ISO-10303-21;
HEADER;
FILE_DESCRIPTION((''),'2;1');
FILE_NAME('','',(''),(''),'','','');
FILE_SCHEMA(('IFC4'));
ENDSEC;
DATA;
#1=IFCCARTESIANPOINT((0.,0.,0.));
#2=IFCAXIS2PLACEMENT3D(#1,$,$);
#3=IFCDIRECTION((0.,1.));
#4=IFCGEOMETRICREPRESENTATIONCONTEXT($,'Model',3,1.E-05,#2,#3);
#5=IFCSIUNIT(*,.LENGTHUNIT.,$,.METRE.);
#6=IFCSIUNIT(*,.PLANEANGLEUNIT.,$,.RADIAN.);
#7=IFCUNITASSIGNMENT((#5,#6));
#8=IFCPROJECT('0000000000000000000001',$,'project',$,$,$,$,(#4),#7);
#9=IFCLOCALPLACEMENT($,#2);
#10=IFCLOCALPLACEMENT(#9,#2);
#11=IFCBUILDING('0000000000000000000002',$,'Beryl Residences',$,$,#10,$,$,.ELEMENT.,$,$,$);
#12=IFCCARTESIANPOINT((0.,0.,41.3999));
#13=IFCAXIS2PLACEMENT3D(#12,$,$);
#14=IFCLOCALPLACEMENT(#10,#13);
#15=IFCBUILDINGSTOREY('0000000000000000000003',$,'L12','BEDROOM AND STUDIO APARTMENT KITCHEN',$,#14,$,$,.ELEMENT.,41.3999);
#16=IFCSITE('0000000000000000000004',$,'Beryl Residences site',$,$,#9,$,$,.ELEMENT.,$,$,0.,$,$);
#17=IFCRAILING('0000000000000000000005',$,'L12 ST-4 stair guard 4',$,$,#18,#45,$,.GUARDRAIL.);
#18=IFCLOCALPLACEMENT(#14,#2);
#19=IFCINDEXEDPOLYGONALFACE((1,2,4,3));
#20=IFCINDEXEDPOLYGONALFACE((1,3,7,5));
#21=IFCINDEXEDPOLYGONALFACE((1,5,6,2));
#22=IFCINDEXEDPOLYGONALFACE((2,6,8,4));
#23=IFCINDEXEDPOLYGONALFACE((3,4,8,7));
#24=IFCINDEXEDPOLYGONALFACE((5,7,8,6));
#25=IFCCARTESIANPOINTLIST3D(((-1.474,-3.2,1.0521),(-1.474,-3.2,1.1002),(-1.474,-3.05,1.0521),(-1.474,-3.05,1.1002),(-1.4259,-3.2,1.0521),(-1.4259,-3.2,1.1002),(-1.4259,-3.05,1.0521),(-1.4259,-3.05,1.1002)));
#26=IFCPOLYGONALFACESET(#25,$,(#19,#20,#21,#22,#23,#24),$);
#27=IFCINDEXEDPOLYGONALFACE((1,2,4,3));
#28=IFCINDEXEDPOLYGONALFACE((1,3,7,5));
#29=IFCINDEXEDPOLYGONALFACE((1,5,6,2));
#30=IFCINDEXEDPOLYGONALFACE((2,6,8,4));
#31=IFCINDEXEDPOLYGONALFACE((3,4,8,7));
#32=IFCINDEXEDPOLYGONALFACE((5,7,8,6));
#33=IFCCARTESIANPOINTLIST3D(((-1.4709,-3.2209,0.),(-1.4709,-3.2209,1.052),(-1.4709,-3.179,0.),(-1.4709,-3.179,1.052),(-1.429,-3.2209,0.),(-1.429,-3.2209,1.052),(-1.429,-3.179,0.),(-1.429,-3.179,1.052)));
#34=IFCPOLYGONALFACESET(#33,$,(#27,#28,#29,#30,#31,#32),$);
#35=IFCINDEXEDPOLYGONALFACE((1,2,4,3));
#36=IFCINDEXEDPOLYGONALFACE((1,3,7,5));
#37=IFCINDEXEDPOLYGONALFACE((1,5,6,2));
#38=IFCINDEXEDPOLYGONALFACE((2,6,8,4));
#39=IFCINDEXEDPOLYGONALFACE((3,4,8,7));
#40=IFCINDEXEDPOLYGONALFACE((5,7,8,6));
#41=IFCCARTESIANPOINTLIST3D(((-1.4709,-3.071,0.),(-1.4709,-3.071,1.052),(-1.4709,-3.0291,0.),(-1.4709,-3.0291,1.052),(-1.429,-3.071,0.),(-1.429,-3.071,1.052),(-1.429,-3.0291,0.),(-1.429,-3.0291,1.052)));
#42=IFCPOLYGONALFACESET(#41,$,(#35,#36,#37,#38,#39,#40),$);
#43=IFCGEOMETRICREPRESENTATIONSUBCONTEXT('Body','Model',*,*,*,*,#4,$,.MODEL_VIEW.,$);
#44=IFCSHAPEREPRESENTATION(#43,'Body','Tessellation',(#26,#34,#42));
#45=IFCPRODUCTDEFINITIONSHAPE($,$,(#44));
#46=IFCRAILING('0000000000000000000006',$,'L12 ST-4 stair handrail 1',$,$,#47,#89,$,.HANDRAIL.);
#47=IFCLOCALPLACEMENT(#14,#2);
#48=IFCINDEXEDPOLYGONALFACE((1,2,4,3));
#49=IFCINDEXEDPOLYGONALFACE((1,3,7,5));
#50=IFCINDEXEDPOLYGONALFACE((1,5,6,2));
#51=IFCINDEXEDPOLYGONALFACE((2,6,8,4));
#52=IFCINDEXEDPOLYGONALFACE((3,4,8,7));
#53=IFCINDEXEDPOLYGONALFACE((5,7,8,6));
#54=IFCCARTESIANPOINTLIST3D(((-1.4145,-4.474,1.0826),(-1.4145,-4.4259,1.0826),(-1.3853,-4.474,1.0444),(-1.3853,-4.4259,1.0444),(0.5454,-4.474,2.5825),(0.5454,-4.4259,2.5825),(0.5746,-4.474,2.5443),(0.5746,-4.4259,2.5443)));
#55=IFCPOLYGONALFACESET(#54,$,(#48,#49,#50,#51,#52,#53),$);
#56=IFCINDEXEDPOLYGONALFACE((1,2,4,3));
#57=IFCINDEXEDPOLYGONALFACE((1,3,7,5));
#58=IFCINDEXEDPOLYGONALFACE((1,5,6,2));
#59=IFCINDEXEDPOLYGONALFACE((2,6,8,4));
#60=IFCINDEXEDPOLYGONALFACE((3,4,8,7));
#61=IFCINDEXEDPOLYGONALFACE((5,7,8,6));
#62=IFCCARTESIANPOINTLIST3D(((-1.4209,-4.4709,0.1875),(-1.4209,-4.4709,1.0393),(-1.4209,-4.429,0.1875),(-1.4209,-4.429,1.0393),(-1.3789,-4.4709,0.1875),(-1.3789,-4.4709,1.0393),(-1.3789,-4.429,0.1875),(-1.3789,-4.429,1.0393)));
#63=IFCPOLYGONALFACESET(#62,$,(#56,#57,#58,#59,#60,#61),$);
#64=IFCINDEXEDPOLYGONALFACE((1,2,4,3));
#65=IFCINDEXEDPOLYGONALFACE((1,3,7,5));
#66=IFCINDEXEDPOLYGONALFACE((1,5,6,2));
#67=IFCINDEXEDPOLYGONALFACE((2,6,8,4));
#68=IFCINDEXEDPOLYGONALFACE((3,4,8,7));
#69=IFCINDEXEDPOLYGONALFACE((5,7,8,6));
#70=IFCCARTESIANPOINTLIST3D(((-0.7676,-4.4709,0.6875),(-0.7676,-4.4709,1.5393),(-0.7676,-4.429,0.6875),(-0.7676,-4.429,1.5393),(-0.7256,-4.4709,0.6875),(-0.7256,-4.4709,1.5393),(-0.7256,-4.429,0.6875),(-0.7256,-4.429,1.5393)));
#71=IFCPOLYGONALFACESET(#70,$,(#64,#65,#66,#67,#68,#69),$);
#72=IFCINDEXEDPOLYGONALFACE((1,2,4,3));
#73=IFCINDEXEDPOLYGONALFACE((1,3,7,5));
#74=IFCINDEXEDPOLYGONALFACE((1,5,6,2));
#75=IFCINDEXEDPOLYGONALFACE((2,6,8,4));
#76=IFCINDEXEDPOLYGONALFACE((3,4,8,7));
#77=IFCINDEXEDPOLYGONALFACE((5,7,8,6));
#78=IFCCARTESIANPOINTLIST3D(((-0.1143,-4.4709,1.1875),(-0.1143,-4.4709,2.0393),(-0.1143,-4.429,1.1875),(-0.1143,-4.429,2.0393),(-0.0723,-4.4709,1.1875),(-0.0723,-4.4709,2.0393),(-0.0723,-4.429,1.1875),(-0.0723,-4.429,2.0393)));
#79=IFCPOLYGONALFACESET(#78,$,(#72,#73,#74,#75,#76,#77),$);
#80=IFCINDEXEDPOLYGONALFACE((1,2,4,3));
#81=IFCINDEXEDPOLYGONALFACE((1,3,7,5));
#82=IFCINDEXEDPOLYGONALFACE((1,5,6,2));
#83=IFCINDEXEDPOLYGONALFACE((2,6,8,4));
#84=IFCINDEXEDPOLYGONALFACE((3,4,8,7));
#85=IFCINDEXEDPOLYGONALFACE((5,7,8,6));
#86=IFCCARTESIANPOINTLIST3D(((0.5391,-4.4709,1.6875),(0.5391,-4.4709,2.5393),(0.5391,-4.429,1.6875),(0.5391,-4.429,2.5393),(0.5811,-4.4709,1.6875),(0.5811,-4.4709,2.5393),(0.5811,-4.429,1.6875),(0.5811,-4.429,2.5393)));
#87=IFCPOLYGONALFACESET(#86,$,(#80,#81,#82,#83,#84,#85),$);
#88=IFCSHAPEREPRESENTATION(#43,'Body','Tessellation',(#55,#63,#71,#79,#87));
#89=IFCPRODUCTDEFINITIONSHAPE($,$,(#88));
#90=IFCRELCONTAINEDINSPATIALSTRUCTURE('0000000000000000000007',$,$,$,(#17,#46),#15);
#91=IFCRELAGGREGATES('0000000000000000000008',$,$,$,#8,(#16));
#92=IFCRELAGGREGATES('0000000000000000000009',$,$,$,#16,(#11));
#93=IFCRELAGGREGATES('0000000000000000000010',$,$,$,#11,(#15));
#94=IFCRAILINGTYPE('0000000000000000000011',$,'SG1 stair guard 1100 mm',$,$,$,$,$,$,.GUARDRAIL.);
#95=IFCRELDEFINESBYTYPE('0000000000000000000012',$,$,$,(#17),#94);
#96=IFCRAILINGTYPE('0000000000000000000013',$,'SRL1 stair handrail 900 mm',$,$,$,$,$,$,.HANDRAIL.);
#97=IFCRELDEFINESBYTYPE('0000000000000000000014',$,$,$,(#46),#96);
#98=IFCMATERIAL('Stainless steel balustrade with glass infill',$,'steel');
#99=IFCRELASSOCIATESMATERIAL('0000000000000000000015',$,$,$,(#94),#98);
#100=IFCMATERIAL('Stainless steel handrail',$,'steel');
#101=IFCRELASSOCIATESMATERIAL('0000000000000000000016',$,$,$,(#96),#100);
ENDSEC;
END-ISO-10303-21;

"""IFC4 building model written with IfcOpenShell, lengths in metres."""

from ifc_helpers import new_model, si_unit, direction, frame, origin, origin_2d, place, context, subcontext, project, spatial, rectangle, extrude, material, type_object, element, save


model = new_model("IFC4")

# Units and contexts
model_context = context("Model", 3, precision=1e-05, world=origin(), true_north=direction((0.0, 1.0)))
body_context = subcontext(model_context, "Body", "Model", "MODEL_VIEW")
ifc_project = project(units=[si_unit("LENGTHUNIT", "METRE"), si_unit("PLANEANGLEUNIT", "RADIAN")], contexts=[model_context])

# Site, building, storey
site_placement = place(None, origin())
site = spatial("IfcSite", under=ifc_project, at=site_placement, Name="Beryl Residences site", CompositionType="ELEMENT", RefElevation=0.0)
building_placement = place(site_placement, origin())
building = spatial("IfcBuilding", under=site, at=building_placement, Name="Beryl Residences", CompositionType="ELEMENT")
storey_placement = place(building_placement, frame((0.0, 0.0, 41.3999)))
storey = spatial("IfcBuildingStorey", under=building, at=storey_placement, Name="L12", Description="BEDROOM AND STUDIO APARTMENT KITCHEN", CompositionType="ELEMENT", Elevation=41.3999)

# Railings
ifc_material_1 = material(Name="Stainless steel balustrade with glass infill", Category="steel")
railing_type_1 = type_object("IfcRailingType", Name="SG1 stair guard 1100 mm", PredefinedType="GUARDRAIL", material=ifc_material_1)
railing_1_placement = place(storey_placement, frame((-1.45, -3.2, 0.0)))
element("IfcRailing", 1, at=railing_1_placement, inside=storey, type_object=railing_type_1, Name="L12 ST-4 stair guard 4", PredefinedType="GUARDRAIL", context=body_context, shape_type="SweptSolid", body=[
    extrude(rectangle(XDim=0.0481, YDim=0.0481, at=origin_2d()), frame((0.0, 0.0, 1.0762), z_axis=(0.0, 1.0, 0.0), x_axis=(-1.0, 0.0, 0.0)), (0.0, 0.0, 1.0), 0.1499),
    extrude(rectangle(XDim=0.042, YDim=0.042, at=origin_2d()), origin(), (0.0, 0.0, 1.0), 1.052),
    extrude(rectangle(XDim=0.042, YDim=0.042, at=origin_2d()), frame((0.0, 0.1499, 0.0)), (0.0, 0.0, 1.0), 1.052),
])
ifc_material_2 = material(Name="Stainless steel handrail", Category="steel")
railing_type_2 = type_object("IfcRailingType", Name="SRL1 stair handrail 900 mm", PredefinedType="HANDRAIL", material=ifc_material_2)
railing_2_placement = place(storey_placement, frame((-1.3999, -4.45, 0.1875)))
element("IfcRailing", 2, at=railing_2_placement, inside=storey, type_object=railing_type_2, Name="L12 ST-4 stair handrail 1", PredefinedType="HANDRAIL", context=body_context, shape_type="SweptSolid", body=[
    extrude(rectangle(XDim=0.0481, YDim=0.0481, at=origin_2d()), frame((0.0, 0.0, 0.876), z_axis=(0.794122, 0.0, 0.607758), x_axis=(0.0, 1.0, 0.0)), (0.0, 0.0, 1.0), 2.468),
    extrude(rectangle(XDim=0.042, YDim=0.042, at=origin_2d()), origin(), (0.0, 0.0, 1.0), 0.8518),
    extrude(rectangle(XDim=0.042, YDim=0.042, at=origin_2d()), frame((0.6533, 0.0, 0.5)), (0.0, 0.0, 1.0), 0.8518),
    extrude(rectangle(XDim=0.042, YDim=0.042, at=origin_2d()), frame((1.3066, 0.0, 1.0)), (0.0, 0.0, 1.0), 0.8518),
    extrude(rectangle(XDim=0.042, YDim=0.042, at=origin_2d()), frame((1.96, 0.0, 1.5)), (0.0, 0.0, 1.0), 0.8518),
])

save(model, "model.ifc")
